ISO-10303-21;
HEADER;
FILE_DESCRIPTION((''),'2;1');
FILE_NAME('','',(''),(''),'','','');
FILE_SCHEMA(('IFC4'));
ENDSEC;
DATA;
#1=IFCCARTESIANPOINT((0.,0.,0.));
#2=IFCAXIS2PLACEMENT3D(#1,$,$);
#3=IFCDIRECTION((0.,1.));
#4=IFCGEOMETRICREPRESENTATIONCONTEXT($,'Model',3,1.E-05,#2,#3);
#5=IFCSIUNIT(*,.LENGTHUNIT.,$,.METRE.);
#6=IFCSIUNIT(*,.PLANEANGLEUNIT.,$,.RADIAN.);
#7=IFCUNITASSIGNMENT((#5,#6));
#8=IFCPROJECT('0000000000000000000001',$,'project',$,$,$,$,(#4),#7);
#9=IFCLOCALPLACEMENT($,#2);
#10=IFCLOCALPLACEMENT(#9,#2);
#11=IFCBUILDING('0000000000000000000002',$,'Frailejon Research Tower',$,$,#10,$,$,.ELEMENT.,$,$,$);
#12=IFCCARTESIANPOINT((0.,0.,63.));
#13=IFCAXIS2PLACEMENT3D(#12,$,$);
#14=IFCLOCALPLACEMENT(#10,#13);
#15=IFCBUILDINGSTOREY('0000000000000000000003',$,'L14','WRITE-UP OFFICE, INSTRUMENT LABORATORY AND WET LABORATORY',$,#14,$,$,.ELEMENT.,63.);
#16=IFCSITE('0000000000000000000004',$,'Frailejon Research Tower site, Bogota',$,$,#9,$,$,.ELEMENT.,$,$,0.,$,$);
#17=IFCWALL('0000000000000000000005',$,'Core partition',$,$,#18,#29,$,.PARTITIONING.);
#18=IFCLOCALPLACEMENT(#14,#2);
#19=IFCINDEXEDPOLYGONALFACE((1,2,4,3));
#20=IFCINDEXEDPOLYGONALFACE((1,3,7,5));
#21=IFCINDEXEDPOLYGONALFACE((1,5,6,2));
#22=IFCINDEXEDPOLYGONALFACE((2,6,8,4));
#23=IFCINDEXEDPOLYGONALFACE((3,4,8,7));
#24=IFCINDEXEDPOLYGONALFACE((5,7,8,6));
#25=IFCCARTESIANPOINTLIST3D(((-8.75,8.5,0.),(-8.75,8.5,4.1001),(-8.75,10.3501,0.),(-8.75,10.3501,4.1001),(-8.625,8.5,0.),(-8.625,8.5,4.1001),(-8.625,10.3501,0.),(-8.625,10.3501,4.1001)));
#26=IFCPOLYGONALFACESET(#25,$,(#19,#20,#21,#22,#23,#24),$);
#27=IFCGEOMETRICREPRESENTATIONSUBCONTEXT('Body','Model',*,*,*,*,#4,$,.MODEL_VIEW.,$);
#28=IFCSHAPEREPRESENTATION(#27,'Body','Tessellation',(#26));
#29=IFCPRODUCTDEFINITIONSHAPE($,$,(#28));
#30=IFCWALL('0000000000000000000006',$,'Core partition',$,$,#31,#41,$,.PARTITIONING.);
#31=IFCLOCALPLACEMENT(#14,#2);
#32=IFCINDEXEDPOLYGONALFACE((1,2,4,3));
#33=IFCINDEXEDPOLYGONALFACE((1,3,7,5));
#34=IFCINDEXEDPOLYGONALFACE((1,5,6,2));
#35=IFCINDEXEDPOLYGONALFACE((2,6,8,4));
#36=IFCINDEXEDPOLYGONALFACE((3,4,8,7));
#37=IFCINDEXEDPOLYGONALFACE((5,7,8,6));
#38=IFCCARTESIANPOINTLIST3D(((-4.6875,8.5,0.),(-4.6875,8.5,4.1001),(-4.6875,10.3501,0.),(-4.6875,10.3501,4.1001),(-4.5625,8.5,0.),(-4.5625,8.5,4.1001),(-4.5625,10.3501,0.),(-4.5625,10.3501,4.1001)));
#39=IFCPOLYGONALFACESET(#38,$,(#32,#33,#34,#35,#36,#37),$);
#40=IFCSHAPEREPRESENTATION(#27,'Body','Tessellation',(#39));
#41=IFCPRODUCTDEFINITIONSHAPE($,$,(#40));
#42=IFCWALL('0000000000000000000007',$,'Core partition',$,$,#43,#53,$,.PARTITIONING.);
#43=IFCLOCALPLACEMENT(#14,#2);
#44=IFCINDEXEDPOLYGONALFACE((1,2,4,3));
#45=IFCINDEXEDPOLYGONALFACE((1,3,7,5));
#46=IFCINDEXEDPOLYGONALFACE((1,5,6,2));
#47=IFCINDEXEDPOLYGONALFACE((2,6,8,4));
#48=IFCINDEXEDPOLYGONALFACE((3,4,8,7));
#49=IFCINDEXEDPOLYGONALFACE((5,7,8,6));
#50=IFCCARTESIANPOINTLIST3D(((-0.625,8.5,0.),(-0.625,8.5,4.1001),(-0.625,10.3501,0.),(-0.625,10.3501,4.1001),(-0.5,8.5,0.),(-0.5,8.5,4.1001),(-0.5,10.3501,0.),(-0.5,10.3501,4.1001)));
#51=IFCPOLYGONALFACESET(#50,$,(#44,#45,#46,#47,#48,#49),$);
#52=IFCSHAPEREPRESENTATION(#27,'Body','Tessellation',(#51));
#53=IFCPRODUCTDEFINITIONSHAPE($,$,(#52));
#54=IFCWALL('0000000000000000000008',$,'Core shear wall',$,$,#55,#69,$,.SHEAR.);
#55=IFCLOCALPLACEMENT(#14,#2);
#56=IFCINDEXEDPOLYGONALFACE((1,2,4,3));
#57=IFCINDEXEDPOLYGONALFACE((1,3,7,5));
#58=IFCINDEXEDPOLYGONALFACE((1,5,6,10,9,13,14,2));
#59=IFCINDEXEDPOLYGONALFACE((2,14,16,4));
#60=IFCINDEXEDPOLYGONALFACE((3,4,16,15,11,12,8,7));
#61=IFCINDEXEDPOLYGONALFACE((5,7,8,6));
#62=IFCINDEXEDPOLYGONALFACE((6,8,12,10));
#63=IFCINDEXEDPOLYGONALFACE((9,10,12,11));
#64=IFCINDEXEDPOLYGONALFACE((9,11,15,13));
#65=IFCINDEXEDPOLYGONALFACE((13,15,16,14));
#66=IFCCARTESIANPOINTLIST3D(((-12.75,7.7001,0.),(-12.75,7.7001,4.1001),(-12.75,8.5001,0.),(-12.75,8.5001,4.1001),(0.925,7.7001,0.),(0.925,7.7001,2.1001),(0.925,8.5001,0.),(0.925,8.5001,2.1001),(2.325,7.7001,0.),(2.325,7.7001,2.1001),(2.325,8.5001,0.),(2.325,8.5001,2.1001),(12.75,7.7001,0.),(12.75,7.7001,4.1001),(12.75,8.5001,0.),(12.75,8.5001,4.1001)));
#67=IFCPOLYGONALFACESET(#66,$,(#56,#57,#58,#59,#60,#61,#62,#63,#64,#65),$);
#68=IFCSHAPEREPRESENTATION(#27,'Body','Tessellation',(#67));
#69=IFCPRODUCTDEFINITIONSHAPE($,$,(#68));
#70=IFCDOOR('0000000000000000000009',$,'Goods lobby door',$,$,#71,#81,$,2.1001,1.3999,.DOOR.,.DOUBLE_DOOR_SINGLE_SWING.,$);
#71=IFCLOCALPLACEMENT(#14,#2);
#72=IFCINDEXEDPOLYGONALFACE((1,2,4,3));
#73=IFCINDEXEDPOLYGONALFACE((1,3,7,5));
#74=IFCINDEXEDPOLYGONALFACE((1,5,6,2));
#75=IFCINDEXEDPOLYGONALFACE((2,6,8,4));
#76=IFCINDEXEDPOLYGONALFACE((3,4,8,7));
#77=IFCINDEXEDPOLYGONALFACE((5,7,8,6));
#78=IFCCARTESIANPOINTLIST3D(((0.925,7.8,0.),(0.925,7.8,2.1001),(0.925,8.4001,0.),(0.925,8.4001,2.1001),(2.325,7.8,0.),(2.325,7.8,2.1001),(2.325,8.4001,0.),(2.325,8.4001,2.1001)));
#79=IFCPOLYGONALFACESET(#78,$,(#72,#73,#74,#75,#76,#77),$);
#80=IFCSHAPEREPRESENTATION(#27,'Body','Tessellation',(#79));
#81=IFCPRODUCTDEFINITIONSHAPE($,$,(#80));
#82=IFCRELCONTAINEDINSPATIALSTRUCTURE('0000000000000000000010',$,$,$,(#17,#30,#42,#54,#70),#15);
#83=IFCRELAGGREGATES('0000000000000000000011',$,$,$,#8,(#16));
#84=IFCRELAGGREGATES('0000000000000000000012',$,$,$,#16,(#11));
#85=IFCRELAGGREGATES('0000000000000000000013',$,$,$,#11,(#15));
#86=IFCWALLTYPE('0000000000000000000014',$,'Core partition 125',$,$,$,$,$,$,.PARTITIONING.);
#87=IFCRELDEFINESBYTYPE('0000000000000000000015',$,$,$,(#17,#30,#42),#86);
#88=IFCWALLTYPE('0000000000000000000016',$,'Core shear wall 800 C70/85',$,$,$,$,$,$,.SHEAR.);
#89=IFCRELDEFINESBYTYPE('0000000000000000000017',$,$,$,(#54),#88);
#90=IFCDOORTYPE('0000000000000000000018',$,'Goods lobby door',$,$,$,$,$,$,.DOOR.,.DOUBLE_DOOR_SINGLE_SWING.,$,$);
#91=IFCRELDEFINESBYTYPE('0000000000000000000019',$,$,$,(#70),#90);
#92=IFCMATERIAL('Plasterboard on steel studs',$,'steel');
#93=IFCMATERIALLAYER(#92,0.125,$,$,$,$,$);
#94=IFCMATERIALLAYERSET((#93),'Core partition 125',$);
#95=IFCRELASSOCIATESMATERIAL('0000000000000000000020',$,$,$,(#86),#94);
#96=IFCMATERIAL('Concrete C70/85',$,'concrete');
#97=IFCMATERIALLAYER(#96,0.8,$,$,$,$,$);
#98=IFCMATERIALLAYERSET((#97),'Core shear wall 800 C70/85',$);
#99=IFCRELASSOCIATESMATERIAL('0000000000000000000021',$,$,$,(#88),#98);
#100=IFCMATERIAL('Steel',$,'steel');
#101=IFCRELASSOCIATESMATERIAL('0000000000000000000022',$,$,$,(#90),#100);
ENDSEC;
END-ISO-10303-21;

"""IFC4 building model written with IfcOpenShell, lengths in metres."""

from ifc_helpers import new_model, si_unit, direction, frame, frame_2d, origin, place, context, subcontext, project, spatial, rectangle, extrude, material, layer, layer_set, type_object, element, fill, save


model = new_model("IFC4")

# Units and contexts
model_context = context("Model", 3, precision=1e-05, world=origin(), true_north=direction((0.0, 1.0)))
body_context = subcontext(model_context, "Body", "Model", "MODEL_VIEW")
ifc_project = project(units=[si_unit("LENGTHUNIT", "METRE"), si_unit("PLANEANGLEUNIT", "RADIAN")], contexts=[model_context])

# Site, building, storey
site_placement = place(None, origin())
site = spatial("IfcSite", under=ifc_project, at=site_placement, Name="Frailejon Research Tower site, Bogota", CompositionType="ELEMENT", RefElevation=0.0)
building_placement = place(site_placement, origin())
building = spatial("IfcBuilding", under=site, at=building_placement, Name="Frailejon Research Tower", CompositionType="ELEMENT")
storey_placement = place(building_placement, frame((0.0, 0.0, 63.0)))
storey = spatial("IfcBuildingStorey", under=building, at=storey_placement, Name="L14", Description="WRITE-UP OFFICE, INSTRUMENT LABORATORY AND WET LABORATORY", CompositionType="ELEMENT", Elevation=63.0)

# Walls
ifc_material_1 = material(Name="Plasterboard on steel studs", Category="steel")
ifc_layer_1 = layer(ifc_material_1, 0.125)
ifc_layer_set_1 = layer_set([ifc_layer_1], Name="Core partition 125")
wall_type_1 = type_object("IfcWallType", Name="Core partition 125", PredefinedType="PARTITIONING", material=ifc_layer_set_1)
for number, where, z_axis, x_axis, name in (
    (1, (-8.6875, 8.5, 0.0), (0.0, 0.0, 1.0), (0.0, 1.0, 0.0), "Core partition"),
    (2, (-4.625, 8.5, 0.0), (0.0, 0.0, 1.0), (0.0, 1.0, 0.0), "Core partition"),
    (3, (-0.5625, 8.5, 0.0), (0.0, 0.0, 1.0), (0.0, 1.0, 0.0), "Core partition"),
):
    element("IfcWall", number, at=place(storey_placement, frame(where, z_axis=z_axis, x_axis=x_axis)), inside=storey, type_object=wall_type_1, Name=name, PredefinedType="PARTITIONING", context=body_context, shape_type="SweptSolid", body=[
        extrude(rectangle(XDim=1.8501, YDim=0.125, at=frame_2d((0.925, 0.0))), origin(), (0.0, 0.0, 1.0), 4.1001),
    ])

# Wall, opening, door
ifc_material_2 = material(Name="Concrete C70/85", Category="concrete")
ifc_layer_2 = layer(ifc_material_2, 0.8)
ifc_layer_set_2 = layer_set([ifc_layer_2], Name="Core shear wall 800 C70/85")
wall_type_2 = type_object("IfcWallType", Name="Core shear wall 800 C70/85", PredefinedType="SHEAR", material=ifc_layer_set_2)
wall_1_placement = place(storey_placement, frame((-12.75, 8.1001, 0.0), z_axis=(0.0, 0.0, 1.0), x_axis=(1.0, 0.0, 0.0)))
wall_1 = element("IfcWall", 4, at=wall_1_placement, inside=storey, type_object=wall_type_2, Name="Core shear wall", PredefinedType="SHEAR", context=body_context, shape_type="SweptSolid", body=[
    extrude(rectangle(XDim=25.5, YDim=0.8, at=frame_2d((12.75, 0.0))), origin(), (0.0, 0.0, 1.0), 4.1001),
])
opening_1_placement = place(wall_1_placement, frame((13.675, 0.0, 0.0)))
opening_1 = element("IfcOpeningElement", 5, at=opening_1_placement, cuts=wall_1, PredefinedType="OPENING", context=body_context, shape_type="SweptSolid", body=[
    extrude(rectangle(XDim=1.3999, YDim=2.1001, at=frame_2d((0.7, 1.05))), frame((0.0, 0.4099, 0.0), z_axis=(0.0, -1.0, 0.0), x_axis=(1.0, 0.0, 0.0)), (0.0, 0.0, 1.0), 0.8201),
])
ifc_material_3 = material(Name="Steel", Category="steel")
door_type_1 = type_object("IfcDoorType", Name="Goods lobby door", OperationType="DOUBLE_DOOR_SINGLE_SWING", PredefinedType="DOOR", material=ifc_material_3)
door_1_placement = place(opening_1_placement, origin())
door_1 = element("IfcDoor", 6, at=door_1_placement, inside=storey, type_object=door_type_1, Name="Goods lobby door", OperationType="DOUBLE_DOOR_SINGLE_SWING", OverallHeight=2.1001, OverallWidth=1.3999, PredefinedType="DOOR", context=body_context, shape_type="SweptSolid", body=[
    extrude(rectangle(XDim=1.3999, YDim=2.1001, at=frame_2d((0.7, 1.05))), frame((0.0, 0.3, 0.0), z_axis=(0.0, -1.0, 0.0), x_axis=(1.0, 0.0, 0.0)), (0.0, 0.0, 1.0), 0.6001),
])
fill(opening_1, door_1)

save(model, "model.ifc")
